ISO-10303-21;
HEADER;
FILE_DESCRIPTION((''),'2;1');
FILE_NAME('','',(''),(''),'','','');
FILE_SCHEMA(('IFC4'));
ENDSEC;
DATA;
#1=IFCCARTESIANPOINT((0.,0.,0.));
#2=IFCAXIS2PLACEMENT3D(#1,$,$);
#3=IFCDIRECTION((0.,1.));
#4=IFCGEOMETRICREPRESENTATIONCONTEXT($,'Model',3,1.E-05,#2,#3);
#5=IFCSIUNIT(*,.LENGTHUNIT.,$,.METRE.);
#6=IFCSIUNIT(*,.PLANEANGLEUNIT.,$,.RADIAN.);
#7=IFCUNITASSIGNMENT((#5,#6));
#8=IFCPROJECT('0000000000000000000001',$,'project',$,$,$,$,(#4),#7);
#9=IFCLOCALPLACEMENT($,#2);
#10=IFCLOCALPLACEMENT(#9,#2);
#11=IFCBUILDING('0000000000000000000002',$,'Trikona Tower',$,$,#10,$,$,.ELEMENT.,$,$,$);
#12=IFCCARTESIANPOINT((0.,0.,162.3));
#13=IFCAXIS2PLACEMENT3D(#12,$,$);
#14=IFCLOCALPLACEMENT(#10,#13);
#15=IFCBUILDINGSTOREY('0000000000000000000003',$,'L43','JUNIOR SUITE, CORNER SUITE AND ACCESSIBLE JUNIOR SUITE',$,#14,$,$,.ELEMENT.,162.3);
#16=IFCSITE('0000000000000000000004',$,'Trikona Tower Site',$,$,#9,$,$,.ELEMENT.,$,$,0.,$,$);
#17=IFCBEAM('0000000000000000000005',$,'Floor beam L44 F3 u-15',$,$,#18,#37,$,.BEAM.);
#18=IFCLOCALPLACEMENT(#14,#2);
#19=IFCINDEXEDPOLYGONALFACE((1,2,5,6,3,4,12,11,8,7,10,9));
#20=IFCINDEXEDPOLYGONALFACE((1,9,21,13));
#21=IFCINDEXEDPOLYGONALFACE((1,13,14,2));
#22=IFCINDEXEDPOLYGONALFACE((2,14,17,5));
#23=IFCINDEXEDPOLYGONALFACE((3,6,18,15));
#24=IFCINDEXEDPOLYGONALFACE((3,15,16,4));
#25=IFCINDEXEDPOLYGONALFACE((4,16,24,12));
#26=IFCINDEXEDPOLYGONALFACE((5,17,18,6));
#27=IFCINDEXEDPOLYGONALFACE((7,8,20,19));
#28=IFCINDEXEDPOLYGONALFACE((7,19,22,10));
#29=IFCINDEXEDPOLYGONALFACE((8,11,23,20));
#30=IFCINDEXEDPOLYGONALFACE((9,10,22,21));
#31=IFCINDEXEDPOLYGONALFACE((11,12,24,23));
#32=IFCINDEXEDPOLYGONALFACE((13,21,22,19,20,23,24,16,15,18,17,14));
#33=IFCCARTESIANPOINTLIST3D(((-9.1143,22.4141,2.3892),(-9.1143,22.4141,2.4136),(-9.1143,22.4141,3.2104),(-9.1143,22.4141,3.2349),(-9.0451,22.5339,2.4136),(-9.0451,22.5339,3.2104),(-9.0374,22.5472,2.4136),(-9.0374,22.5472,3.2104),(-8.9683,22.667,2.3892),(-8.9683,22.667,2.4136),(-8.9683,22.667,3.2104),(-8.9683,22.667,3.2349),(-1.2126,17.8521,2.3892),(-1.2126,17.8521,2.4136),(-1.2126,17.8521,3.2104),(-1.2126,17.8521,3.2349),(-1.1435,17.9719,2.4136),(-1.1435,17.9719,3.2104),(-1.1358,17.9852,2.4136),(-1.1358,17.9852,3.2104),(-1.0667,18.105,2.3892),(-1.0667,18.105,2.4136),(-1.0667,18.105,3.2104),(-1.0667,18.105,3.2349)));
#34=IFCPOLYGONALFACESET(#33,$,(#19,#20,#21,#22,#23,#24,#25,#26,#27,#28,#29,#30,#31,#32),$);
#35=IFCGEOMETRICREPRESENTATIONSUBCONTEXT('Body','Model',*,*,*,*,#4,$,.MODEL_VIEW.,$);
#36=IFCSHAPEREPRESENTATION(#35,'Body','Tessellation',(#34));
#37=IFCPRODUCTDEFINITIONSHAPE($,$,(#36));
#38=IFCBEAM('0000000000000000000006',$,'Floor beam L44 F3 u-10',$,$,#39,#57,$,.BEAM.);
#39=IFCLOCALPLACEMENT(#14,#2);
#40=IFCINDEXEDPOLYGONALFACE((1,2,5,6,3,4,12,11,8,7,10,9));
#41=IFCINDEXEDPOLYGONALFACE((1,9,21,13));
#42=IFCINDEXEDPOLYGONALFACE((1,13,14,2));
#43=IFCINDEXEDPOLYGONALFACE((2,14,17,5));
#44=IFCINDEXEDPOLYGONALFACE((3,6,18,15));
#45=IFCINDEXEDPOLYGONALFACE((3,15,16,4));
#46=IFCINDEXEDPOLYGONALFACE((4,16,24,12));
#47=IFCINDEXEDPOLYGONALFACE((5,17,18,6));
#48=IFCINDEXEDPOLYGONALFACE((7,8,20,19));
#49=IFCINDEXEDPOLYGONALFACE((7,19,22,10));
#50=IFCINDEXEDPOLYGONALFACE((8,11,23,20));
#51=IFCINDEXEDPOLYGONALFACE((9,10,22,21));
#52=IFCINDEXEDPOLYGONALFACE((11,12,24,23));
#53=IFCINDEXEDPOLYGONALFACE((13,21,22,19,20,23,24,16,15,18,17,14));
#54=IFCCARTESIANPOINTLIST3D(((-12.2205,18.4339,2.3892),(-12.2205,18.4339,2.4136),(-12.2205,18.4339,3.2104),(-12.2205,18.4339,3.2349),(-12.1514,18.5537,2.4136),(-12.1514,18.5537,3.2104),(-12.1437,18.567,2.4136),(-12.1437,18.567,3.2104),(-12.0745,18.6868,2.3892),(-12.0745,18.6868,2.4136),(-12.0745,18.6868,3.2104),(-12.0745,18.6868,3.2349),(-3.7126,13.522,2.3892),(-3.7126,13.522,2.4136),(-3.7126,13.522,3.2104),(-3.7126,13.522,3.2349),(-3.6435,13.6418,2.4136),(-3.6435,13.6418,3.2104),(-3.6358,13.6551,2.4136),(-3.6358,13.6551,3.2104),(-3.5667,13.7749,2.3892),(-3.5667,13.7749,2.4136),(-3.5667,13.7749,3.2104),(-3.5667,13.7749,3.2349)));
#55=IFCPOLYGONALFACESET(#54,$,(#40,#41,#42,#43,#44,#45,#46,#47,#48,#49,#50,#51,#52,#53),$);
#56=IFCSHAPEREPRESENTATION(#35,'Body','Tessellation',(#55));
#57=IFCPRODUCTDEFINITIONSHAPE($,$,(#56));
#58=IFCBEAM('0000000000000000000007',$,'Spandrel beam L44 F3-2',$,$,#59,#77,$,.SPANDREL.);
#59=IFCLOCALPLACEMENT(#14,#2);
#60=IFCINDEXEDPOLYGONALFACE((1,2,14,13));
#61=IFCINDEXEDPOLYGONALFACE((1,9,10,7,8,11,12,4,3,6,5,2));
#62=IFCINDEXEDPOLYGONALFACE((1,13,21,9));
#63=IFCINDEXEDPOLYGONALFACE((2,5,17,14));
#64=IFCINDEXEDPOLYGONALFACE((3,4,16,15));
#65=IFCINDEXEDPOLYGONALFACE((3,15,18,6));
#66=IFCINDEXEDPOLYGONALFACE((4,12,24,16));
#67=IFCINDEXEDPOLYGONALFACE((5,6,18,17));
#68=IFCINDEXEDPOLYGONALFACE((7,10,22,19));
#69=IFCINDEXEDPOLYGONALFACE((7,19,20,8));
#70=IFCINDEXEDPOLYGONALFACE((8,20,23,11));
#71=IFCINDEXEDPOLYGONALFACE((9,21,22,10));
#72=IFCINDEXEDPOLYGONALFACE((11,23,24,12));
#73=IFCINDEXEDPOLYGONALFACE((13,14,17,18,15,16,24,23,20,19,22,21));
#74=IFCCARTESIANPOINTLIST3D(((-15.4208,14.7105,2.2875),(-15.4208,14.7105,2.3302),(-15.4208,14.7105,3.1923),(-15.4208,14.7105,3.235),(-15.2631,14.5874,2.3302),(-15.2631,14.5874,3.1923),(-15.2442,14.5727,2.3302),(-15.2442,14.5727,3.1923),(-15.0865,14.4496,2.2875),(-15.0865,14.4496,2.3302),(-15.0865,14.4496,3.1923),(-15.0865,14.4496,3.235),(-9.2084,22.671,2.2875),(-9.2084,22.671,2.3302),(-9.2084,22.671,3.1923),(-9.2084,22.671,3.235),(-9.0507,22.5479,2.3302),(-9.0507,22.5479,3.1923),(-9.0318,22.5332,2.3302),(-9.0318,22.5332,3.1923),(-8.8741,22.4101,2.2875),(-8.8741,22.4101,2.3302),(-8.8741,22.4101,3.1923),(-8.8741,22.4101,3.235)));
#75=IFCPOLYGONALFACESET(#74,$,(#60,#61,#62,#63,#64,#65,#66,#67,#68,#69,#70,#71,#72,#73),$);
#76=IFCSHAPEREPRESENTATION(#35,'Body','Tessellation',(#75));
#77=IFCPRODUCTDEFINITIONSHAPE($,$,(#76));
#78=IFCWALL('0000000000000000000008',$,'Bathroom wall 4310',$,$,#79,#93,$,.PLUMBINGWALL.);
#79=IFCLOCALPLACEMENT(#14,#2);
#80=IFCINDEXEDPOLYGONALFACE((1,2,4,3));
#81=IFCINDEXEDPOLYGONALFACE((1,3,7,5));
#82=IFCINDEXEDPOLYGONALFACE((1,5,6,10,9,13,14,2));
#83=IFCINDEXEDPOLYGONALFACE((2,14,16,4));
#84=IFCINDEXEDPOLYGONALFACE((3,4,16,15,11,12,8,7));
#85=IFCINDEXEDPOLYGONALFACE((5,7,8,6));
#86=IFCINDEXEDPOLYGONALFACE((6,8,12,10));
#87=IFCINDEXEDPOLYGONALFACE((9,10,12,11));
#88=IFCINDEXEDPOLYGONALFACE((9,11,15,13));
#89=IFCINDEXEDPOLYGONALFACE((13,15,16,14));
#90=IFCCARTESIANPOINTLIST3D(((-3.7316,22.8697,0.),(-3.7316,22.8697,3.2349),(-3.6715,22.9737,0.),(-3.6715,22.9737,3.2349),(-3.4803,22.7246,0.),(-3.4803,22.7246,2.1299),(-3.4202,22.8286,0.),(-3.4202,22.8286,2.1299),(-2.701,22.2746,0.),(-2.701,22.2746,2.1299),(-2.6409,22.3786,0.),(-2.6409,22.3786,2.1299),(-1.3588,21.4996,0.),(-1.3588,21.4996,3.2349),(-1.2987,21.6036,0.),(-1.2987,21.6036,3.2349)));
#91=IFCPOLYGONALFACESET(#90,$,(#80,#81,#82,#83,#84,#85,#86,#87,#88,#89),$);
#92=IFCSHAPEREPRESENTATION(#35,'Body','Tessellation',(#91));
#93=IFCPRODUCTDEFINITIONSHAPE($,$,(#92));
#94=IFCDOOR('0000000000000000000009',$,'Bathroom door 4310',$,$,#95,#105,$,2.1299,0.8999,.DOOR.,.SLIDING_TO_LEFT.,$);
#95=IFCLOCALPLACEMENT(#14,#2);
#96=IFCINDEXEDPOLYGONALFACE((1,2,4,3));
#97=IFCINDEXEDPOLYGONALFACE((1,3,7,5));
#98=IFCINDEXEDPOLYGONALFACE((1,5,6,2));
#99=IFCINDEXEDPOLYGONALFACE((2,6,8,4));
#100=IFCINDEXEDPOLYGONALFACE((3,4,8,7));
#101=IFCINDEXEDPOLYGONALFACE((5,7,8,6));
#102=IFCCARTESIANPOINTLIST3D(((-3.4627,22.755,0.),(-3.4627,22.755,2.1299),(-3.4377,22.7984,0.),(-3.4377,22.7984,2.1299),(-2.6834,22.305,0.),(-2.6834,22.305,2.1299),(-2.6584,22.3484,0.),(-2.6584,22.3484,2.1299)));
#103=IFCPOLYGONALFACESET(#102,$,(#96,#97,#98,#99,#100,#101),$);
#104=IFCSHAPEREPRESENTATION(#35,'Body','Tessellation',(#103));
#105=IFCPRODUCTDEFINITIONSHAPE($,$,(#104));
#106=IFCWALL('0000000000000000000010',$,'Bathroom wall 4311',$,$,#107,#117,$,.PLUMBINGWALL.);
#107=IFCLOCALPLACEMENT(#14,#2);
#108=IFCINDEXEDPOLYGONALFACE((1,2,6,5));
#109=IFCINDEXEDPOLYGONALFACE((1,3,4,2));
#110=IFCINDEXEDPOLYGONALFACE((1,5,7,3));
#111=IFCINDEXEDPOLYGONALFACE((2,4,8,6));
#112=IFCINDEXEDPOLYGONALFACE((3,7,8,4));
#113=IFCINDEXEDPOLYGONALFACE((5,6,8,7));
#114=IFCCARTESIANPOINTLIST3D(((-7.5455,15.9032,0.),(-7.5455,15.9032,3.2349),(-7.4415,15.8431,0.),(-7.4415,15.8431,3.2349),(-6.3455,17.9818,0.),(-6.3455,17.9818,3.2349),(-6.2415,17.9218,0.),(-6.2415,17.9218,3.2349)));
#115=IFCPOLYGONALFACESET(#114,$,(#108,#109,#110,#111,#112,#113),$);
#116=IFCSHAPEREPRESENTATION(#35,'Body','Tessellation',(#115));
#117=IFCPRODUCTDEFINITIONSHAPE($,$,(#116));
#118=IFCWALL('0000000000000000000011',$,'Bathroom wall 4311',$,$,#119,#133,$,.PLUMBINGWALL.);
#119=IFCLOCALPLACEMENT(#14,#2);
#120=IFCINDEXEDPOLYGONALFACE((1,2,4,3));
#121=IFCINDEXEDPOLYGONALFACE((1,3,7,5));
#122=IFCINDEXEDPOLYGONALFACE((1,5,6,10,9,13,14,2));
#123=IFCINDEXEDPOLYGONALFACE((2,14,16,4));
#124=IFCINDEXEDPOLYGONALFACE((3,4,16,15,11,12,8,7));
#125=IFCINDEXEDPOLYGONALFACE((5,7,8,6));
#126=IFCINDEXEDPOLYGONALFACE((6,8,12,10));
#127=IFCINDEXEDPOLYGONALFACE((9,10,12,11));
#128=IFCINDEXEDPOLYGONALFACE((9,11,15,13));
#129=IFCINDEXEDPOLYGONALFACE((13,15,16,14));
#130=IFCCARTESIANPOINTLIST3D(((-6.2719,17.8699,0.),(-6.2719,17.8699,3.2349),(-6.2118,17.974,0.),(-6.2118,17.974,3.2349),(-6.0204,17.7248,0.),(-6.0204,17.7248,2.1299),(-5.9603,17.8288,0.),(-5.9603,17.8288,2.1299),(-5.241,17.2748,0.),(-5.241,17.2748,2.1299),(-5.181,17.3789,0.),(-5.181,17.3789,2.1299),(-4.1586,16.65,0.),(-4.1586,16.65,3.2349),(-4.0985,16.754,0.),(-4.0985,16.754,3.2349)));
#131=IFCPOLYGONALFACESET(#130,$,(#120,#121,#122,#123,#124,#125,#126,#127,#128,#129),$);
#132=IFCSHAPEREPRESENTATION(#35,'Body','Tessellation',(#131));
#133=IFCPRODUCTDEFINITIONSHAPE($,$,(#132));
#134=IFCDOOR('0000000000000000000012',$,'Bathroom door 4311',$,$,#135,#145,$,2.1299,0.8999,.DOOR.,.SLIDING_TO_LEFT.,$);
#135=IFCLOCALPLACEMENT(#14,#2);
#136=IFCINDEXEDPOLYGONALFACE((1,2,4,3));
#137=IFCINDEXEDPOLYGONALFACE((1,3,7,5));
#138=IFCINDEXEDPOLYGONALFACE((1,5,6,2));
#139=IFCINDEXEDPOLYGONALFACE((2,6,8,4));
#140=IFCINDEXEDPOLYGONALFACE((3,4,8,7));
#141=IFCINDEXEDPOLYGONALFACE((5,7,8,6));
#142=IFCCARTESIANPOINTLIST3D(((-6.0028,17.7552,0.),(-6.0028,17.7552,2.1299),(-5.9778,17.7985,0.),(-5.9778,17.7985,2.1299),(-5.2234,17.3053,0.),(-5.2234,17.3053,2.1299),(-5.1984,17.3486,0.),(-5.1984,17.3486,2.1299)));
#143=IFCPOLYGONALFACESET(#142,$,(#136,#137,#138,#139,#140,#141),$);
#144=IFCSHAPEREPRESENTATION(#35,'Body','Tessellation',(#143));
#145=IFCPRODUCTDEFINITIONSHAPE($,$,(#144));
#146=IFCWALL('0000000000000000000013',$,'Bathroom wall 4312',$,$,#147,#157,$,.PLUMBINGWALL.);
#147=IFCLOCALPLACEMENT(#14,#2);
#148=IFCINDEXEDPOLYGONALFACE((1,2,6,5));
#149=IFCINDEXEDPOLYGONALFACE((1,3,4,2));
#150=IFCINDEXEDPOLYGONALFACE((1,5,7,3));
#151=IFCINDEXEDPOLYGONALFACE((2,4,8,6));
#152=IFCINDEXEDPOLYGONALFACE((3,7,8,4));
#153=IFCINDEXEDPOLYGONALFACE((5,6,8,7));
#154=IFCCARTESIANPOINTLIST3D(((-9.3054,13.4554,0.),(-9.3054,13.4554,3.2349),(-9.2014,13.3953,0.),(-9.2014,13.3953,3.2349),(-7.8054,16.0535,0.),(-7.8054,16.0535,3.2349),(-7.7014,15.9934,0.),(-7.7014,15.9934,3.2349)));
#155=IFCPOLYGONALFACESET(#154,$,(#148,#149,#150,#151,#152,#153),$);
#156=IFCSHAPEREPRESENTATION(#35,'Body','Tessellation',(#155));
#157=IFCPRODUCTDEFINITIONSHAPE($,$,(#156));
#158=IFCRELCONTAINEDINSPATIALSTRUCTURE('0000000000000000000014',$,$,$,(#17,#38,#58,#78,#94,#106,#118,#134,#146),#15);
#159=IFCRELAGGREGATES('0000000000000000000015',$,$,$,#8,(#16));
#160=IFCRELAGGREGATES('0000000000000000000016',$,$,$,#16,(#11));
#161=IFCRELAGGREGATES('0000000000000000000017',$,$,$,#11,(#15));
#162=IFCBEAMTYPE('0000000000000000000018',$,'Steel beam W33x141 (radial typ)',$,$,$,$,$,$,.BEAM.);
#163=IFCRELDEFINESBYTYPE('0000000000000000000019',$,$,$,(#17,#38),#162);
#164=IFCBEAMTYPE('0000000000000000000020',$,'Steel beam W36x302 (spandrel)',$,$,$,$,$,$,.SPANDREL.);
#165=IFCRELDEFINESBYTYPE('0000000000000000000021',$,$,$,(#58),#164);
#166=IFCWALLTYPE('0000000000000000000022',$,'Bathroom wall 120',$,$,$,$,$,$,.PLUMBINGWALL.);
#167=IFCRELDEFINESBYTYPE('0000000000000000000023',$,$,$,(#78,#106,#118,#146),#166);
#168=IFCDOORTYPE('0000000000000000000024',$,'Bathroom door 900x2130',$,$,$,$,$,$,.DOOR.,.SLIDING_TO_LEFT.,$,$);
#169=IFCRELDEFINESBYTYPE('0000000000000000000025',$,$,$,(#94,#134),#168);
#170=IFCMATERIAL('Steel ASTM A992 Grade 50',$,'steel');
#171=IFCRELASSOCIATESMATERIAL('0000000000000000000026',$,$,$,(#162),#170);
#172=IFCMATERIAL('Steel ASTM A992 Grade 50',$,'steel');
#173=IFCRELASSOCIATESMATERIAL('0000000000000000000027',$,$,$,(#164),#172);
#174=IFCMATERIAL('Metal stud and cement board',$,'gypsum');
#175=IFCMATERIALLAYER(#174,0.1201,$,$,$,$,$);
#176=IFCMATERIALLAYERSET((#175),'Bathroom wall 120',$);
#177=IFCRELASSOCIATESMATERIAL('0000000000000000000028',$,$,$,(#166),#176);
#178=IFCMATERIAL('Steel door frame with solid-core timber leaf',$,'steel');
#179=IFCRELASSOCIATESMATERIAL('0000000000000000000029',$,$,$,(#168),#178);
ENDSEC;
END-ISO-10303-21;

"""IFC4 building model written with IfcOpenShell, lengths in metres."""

from ifc_helpers import new_model, si_unit, direction, frame, frame_2d, origin, origin_2d, place, context, subcontext, project, spatial, rectangle, i_section, extrude, material, layer, layer_set, material_profile, profile_set, type_object, element, fill, save


model = new_model("IFC4")

# Units and contexts
model_context = context("Model", 3, precision=1e-05, world=origin(), true_north=direction((0.0, 1.0)))
body_context = subcontext(model_context, "Body", "Model", "MODEL_VIEW")
ifc_project = project(units=[si_unit("LENGTHUNIT", "METRE"), si_unit("PLANEANGLEUNIT", "RADIAN")], contexts=[model_context])

# Site, building, storey
site_placement = place(None, origin())
site = spatial("IfcSite", under=ifc_project, at=site_placement, Name="Trikona Tower Site", CompositionType="ELEMENT", RefElevation=0.0)
building_placement = place(site_placement, origin())
building = spatial("IfcBuilding", under=site, at=building_placement, Name="Trikona Tower", CompositionType="ELEMENT")
storey_placement = place(building_placement, frame((0.0, 0.0, 162.3)))
storey = spatial("IfcBuildingStorey", under=building, at=storey_placement, Name="L43", Description="JUNIOR SUITE, CORNER SUITE AND ACCESSIBLE JUNIOR SUITE", CompositionType="ELEMENT", Elevation=162.3)

# Beams
ifc_material_1 = material(Name="Steel ASTM A992 Grade 50", Category="steel")
ifc_material_profile_1 = material_profile(ifc_material_1, i_section(OverallWidth=0.292, OverallDepth=0.8457, WebThickness=0.0154, FlangeThickness=0.0244, at=origin_2d()), Name="W33X141")
ifc_profile_set_1 = profile_set([ifc_material_profile_1], Name="Steel ASTM A992 Grade 50")
beam_type_1 = type_object("IfcBeamType", Name="Steel beam W33x141 (radial typ)", PredefinedType="BEAM", material=ifc_profile_set_1)
beam_1_placement = place(storey_placement, frame((-1.1396, 17.9785, 2.812), z_axis=(-0.866025, 0.500001, 0.0), x_axis=(-0.500001, -0.866025, 0.0)))
element("IfcBeam", 1, at=beam_1_placement, inside=storey, type_object=beam_type_1, Name="Floor beam L44 F3 u-15", PredefinedType="BEAM", context=body_context, shape_type="SweptSolid", body=[
    extrude(i_section(OverallWidth=0.292, OverallDepth=0.8457, WebThickness=0.0154, FlangeThickness=0.0244, at=origin_2d()), origin(), (0.0, 0.0, 1.0), 9.124),
])
beam_2_placement = place(storey_placement, frame((-3.6396, 13.6484, 2.812), z_axis=(-0.866031, 0.499991, 0.0), x_axis=(-0.499991, -0.866031, 0.0)))
element("IfcBeam", 2, at=beam_2_placement, inside=storey, type_object=beam_type_1, Name="Floor beam L44 F3 u-10", PredefinedType="BEAM", context=body_context, shape_type="SweptSolid", body=[
    extrude(i_section(OverallWidth=0.292, OverallDepth=0.8457, WebThickness=0.0154, FlangeThickness=0.0244, at=origin_2d()), origin(), (0.0, 0.0, 1.0), 9.824),
])
ifc_material_2 = material(Name="Steel ASTM A992 Grade 50", Category="steel")
ifc_material_profile_2 = material_profile(ifc_material_2, i_section(OverallWidth=0.4241, OverallDepth=0.9475, WebThickness=0.0239, FlangeThickness=0.0427, at=origin_2d()), Name="W36X302")
ifc_profile_set_2 = profile_set([ifc_material_profile_2], Name="Steel ASTM A992 Grade 50")
beam_type_2 = type_object("IfcBeamType", Name="Steel beam W36x302 (spandrel)", PredefinedType="SPANDREL", material=ifc_profile_set_2)
beam_3_placement = place(storey_placement, frame((-9.0413, 22.5405, 2.7612), z_axis=(-0.615232, -0.788346, 0.0), x_axis=(0.788346, -0.615232, 0.0)))
element("IfcBeam", 3, at=beam_3_placement, inside=storey, type_object=beam_type_2, Name="Spandrel beam L44 F3-2", PredefinedType="SPANDREL", context=body_context, shape_type="SweptSolid", body=[
    extrude(i_section(OverallWidth=0.4241, OverallDepth=0.9475, WebThickness=0.0239, FlangeThickness=0.0427, at=origin_2d()), origin(), (0.0, 0.0, 1.0), 10.0977),
])

# Wall, opening, door
ifc_material_3 = material(Name="Metal stud and cement board", Category="gypsum")
ifc_layer_1 = layer(ifc_material_3, 0.1201)
ifc_layer_set_1 = layer_set([ifc_layer_1], Name="Bathroom wall 120")
wall_type_1 = type_object("IfcWallType", Name="Bathroom wall 120", PredefinedType="PLUMBINGWALL", material=ifc_layer_set_1)
wall_1_placement = place(storey_placement, frame((-1.3286, 21.5515, 0.0), z_axis=(0.0, 0.0, 1.0), x_axis=(-0.865997, 0.500049, 0.0)))
wall_1 = element("IfcWall", 4, at=wall_1_placement, inside=storey, type_object=wall_type_1, Name="Bathroom wall 4310", PredefinedType="PLUMBINGWALL", context=body_context, shape_type="SweptSolid", body=[
    extrude(rectangle(XDim=2.74, YDim=0.1201, at=frame_2d((1.3701, 0.0))), origin(), (0.0, 0.0, 1.0), 3.2349),
])
opening_1_placement = place(wall_1_placement, frame((1.55, 0.0, 0.0)))
opening_1 = element("IfcOpeningElement", 5, at=opening_1_placement, cuts=wall_1, PredefinedType="OPENING", context=body_context, shape_type="SweptSolid", body=[
    extrude(rectangle(XDim=0.8999, YDim=2.1299, at=frame_2d((0.45, 1.0649))), frame((0.0, 0.0701, 0.0), z_axis=(0.0, -1.0, 0.0), x_axis=(1.0, 0.0, 0.0)), (0.0, 0.0, 1.0), 0.1401),
])
ifc_material_4 = material(Name="Steel door frame with solid-core timber leaf", Category="steel")
door_type_1 = type_object("IfcDoorType", Name="Bathroom door 900x2130", OperationType="SLIDING_TO_LEFT", PredefinedType="DOOR", material=ifc_material_4)
door_1_placement = place(opening_1_placement, origin())
door_1 = element("IfcDoor", 6, at=door_1_placement, inside=storey, type_object=door_type_1, Name="Bathroom door 4310", OperationType="SLIDING_TO_LEFT", OverallHeight=2.1299, OverallWidth=0.8999, PredefinedType="DOOR", context=body_context, shape_type="SweptSolid", body=[
    extrude(rectangle(XDim=0.8999, YDim=2.1299, at=frame_2d((0.45, 1.0649))), frame((0.0, 0.0249, 0.0), z_axis=(0.0, -1.0, 0.0), x_axis=(1.0, 0.0, 0.0)), (0.0, 0.0, 1.0), 0.05),
])
fill(opening_1, door_1)

# Wall
wall_2_placement = place(storey_placement, frame((-6.2935, 17.9519, 0.0), z_axis=(0.0, 0.0, 1.0), x_axis=(-0.499957, -0.86605, 0.0)))
element("IfcWall", 7, at=wall_2_placement, inside=storey, type_object=wall_type_1, Name="Bathroom wall 4311", PredefinedType="PLUMBINGWALL", context=body_context, shape_type="SweptSolid", body=[
    extrude(rectangle(XDim=2.4001, YDim=0.1201, at=frame_2d((1.2002, 0.0))), origin(), (0.0, 0.0, 1.0), 3.2349),
])

# Wall, opening, door
wall_3_placement = place(storey_placement, frame((-4.1284, 16.7019, 0.0), z_axis=(0.0, 0.0, 1.0), x_axis=(-0.866049, 0.499959, 0.0)))
wall_3 = element("IfcWall", 8, at=wall_3_placement, inside=storey, type_object=wall_type_1, Name="Bathroom wall 4311", PredefinedType="PLUMBINGWALL", context=body_context, shape_type="SweptSolid", body=[
    extrude(rectangle(XDim=2.4402, YDim=0.1201, at=frame_2d((1.2202, 0.0))), origin(), (0.0, 0.0, 1.0), 3.2349),
])
opening_2_placement = place(wall_3_placement, frame((1.25, 0.0, 0.0)))
opening_2 = element("IfcOpeningElement", 9, at=opening_2_placement, cuts=wall_3, PredefinedType="OPENING", context=body_context, shape_type="SweptSolid", body=[
    extrude(rectangle(XDim=0.8999, YDim=2.1299, at=frame_2d((0.45, 1.0649))), frame((0.0, 0.0701, 0.0), z_axis=(0.0, -1.0, 0.0), x_axis=(1.0, 0.0, 0.0)), (0.0, 0.0, 1.0), 0.1401),
])
door_2_placement = place(opening_2_placement, origin())
door_2 = element("IfcDoor", 10, at=door_2_placement, inside=storey, type_object=door_type_1, Name="Bathroom door 4311", OperationType="SLIDING_TO_LEFT", OverallHeight=2.1299, OverallWidth=0.8999, PredefinedType="DOOR", context=body_context, shape_type="SweptSolid", body=[
    extrude(rectangle(XDim=0.8999, YDim=2.1299, at=frame_2d((0.45, 1.0649))), frame((0.0, 0.0249, 0.0), z_axis=(0.0, -1.0, 0.0), x_axis=(1.0, 0.0, 0.0)), (0.0, 0.0, 1.0), 0.05),
])
fill(opening_2, door_2)

# Wall
wall_4_placement = place(storey_placement, frame((-7.7534, 16.0234, 0.0), z_axis=(0.0, 0.0, 1.0), x_axis=(-0.49999, -0.866031, 0.0)))
element("IfcWall", 11, at=wall_4_placement, inside=storey, type_object=wall_type_1, Name="Bathroom wall 4312", PredefinedType="PLUMBINGWALL", context=body_context, shape_type="SweptSolid", body=[
    extrude(rectangle(XDim=3.0, YDim=0.1201, at=frame_2d((1.5, 0.0))), origin(), (0.0, 0.0, 1.0), 3.2349),
])

save(model, "model.ifc")
